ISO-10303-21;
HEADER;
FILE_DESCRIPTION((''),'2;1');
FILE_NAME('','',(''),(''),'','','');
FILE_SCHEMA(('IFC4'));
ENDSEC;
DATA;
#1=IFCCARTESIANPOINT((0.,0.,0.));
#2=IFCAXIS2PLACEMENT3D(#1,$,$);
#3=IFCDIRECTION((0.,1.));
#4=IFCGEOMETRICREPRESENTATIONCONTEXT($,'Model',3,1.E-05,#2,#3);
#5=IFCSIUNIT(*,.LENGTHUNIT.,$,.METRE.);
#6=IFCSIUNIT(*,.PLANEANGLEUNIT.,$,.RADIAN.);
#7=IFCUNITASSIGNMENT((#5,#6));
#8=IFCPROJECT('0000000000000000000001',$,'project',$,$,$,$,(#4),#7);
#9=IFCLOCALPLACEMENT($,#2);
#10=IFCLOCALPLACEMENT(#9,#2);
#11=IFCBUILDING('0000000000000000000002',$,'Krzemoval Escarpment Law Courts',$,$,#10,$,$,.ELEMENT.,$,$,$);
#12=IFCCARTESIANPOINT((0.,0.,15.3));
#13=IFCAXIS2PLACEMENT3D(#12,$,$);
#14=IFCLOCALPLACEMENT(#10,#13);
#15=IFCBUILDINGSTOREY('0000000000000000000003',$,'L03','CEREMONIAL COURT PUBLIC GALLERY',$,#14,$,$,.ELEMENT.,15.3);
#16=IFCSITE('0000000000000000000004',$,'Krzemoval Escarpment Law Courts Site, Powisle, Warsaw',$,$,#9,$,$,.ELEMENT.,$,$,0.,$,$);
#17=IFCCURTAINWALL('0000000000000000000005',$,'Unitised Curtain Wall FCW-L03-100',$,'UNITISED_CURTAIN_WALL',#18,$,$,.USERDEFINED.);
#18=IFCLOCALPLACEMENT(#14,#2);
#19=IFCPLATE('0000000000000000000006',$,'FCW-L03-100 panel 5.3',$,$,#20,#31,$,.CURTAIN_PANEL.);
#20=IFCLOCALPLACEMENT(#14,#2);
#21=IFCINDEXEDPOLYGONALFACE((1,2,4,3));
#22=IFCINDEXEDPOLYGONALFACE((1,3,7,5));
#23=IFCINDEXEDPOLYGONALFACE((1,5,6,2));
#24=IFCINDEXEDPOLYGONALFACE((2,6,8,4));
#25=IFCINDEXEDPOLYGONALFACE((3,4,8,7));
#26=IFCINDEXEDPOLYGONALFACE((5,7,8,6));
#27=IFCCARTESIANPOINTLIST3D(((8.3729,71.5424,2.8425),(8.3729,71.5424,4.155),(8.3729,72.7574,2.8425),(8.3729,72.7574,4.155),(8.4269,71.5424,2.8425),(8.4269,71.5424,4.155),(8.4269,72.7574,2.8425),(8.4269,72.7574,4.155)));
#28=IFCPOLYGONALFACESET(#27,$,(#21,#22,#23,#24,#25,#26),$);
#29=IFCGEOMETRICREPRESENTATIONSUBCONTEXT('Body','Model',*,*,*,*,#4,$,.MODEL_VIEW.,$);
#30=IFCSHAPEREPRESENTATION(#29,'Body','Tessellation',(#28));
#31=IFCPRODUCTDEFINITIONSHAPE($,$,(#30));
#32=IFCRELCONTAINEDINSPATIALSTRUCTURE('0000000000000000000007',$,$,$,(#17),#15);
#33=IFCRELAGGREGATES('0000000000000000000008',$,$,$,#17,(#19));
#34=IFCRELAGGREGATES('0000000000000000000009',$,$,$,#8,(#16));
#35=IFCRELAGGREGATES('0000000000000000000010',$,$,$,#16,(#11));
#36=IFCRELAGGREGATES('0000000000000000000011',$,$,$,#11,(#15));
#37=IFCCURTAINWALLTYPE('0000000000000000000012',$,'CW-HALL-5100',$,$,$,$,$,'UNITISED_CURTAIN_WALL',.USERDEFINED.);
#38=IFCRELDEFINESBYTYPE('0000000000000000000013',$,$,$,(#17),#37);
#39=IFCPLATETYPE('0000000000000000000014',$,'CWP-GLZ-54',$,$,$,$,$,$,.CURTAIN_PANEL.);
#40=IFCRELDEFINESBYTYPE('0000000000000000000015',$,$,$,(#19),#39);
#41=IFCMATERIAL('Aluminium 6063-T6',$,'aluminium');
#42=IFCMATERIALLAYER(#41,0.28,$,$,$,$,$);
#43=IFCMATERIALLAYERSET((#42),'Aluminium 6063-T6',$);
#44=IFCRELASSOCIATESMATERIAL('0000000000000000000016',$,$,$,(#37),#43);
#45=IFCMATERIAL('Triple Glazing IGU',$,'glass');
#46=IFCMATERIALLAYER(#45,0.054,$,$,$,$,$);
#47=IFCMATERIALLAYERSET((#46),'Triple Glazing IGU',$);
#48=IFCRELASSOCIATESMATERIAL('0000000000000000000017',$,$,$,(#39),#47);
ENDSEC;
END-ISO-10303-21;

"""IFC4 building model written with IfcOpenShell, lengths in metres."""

from ifc_helpers import new_model, si_unit, direction, frame, origin, origin_2d, place, context, subcontext, project, spatial, rectangle, extrude, material, layer, layer_set, type_object, element, aggregate, save


model = new_model("IFC4")

# Units and contexts
model_context = context("Model", 3, precision=1e-05, world=origin(), true_north=direction((0.0, 1.0)))
body_context = subcontext(model_context, "Body", "Model", "MODEL_VIEW")
ifc_project = project(units=[si_unit("LENGTHUNIT", "METRE"), si_unit("PLANEANGLEUNIT", "RADIAN")], contexts=[model_context])

# Site, building, storey
site_placement = place(None, origin())
site = spatial("IfcSite", under=ifc_project, at=site_placement, Name="Krzemoval Escarpment Law Courts Site, Powisle, Warsaw", CompositionType="ELEMENT", RefElevation=0.0)
building_placement = place(site_placement, origin())
building = spatial("IfcBuilding", under=site, at=building_placement, Name="Krzemoval Escarpment Law Courts", CompositionType="ELEMENT")
storey_placement = place(building_placement, frame((0.0, 0.0, 15.3)))
storey = spatial("IfcBuildingStorey", under=building, at=storey_placement, Name="L03", Description="CEREMONIAL COURT PUBLIC GALLERY", CompositionType="ELEMENT", Elevation=15.3)

# Curtain wall
ifc_material_1 = material(Name="Aluminium 6063-T6", Category="aluminium")
ifc_layer_1 = layer(ifc_material_1, 0.28)
ifc_layer_set_1 = layer_set([ifc_layer_1], Name="Aluminium 6063-T6")
curtain_wall_type = type_object("IfcCurtainWallType", Name="CW-HALL-5100", ElementType="UNITISED_CURTAIN_WALL", PredefinedType="USERDEFINED", material=ifc_layer_set_1)
curtain_wall_placement = place(storey_placement, origin())
curtain_wall = element("IfcCurtainWall", 1, at=curtain_wall_placement, inside=storey, type_object=curtain_wall_type, Name="Unitised Curtain Wall FCW-L03-100", ObjectType="UNITISED_CURTAIN_WALL", PredefinedType="USERDEFINED")

# Plate
ifc_material_2 = material(Name="Triple Glazing IGU", Category="glass")
ifc_layer_2 = layer(ifc_material_2, 0.054)
ifc_layer_set_2 = layer_set([ifc_layer_2], Name="Triple Glazing IGU")
plate_type = type_object("IfcPlateType", Name="CWP-GLZ-54", PredefinedType="CURTAIN_PANEL", material=ifc_layer_set_2)
plate_1_placement = place(storey_placement, frame((8.3999, 72.1499, 2.8425), z_axis=(0.0, 0.0, 1.0), x_axis=(0.0, 1.0, 0.0)))
plate_1 = element("IfcPlate", 2, at=plate_1_placement, type_object=plate_type, Name="FCW-L03-100 panel 5.3", PredefinedType="CURTAIN_PANEL", context=body_context, shape_type="SweptSolid", body=[
    extrude(rectangle(XDim=1.2151, YDim=0.054, at=origin_2d()), origin(), (0.0, 0.0, 1.0), 1.3125),
])
aggregate(curtain_wall, [plate_1])

save(model, "model.ifc")
